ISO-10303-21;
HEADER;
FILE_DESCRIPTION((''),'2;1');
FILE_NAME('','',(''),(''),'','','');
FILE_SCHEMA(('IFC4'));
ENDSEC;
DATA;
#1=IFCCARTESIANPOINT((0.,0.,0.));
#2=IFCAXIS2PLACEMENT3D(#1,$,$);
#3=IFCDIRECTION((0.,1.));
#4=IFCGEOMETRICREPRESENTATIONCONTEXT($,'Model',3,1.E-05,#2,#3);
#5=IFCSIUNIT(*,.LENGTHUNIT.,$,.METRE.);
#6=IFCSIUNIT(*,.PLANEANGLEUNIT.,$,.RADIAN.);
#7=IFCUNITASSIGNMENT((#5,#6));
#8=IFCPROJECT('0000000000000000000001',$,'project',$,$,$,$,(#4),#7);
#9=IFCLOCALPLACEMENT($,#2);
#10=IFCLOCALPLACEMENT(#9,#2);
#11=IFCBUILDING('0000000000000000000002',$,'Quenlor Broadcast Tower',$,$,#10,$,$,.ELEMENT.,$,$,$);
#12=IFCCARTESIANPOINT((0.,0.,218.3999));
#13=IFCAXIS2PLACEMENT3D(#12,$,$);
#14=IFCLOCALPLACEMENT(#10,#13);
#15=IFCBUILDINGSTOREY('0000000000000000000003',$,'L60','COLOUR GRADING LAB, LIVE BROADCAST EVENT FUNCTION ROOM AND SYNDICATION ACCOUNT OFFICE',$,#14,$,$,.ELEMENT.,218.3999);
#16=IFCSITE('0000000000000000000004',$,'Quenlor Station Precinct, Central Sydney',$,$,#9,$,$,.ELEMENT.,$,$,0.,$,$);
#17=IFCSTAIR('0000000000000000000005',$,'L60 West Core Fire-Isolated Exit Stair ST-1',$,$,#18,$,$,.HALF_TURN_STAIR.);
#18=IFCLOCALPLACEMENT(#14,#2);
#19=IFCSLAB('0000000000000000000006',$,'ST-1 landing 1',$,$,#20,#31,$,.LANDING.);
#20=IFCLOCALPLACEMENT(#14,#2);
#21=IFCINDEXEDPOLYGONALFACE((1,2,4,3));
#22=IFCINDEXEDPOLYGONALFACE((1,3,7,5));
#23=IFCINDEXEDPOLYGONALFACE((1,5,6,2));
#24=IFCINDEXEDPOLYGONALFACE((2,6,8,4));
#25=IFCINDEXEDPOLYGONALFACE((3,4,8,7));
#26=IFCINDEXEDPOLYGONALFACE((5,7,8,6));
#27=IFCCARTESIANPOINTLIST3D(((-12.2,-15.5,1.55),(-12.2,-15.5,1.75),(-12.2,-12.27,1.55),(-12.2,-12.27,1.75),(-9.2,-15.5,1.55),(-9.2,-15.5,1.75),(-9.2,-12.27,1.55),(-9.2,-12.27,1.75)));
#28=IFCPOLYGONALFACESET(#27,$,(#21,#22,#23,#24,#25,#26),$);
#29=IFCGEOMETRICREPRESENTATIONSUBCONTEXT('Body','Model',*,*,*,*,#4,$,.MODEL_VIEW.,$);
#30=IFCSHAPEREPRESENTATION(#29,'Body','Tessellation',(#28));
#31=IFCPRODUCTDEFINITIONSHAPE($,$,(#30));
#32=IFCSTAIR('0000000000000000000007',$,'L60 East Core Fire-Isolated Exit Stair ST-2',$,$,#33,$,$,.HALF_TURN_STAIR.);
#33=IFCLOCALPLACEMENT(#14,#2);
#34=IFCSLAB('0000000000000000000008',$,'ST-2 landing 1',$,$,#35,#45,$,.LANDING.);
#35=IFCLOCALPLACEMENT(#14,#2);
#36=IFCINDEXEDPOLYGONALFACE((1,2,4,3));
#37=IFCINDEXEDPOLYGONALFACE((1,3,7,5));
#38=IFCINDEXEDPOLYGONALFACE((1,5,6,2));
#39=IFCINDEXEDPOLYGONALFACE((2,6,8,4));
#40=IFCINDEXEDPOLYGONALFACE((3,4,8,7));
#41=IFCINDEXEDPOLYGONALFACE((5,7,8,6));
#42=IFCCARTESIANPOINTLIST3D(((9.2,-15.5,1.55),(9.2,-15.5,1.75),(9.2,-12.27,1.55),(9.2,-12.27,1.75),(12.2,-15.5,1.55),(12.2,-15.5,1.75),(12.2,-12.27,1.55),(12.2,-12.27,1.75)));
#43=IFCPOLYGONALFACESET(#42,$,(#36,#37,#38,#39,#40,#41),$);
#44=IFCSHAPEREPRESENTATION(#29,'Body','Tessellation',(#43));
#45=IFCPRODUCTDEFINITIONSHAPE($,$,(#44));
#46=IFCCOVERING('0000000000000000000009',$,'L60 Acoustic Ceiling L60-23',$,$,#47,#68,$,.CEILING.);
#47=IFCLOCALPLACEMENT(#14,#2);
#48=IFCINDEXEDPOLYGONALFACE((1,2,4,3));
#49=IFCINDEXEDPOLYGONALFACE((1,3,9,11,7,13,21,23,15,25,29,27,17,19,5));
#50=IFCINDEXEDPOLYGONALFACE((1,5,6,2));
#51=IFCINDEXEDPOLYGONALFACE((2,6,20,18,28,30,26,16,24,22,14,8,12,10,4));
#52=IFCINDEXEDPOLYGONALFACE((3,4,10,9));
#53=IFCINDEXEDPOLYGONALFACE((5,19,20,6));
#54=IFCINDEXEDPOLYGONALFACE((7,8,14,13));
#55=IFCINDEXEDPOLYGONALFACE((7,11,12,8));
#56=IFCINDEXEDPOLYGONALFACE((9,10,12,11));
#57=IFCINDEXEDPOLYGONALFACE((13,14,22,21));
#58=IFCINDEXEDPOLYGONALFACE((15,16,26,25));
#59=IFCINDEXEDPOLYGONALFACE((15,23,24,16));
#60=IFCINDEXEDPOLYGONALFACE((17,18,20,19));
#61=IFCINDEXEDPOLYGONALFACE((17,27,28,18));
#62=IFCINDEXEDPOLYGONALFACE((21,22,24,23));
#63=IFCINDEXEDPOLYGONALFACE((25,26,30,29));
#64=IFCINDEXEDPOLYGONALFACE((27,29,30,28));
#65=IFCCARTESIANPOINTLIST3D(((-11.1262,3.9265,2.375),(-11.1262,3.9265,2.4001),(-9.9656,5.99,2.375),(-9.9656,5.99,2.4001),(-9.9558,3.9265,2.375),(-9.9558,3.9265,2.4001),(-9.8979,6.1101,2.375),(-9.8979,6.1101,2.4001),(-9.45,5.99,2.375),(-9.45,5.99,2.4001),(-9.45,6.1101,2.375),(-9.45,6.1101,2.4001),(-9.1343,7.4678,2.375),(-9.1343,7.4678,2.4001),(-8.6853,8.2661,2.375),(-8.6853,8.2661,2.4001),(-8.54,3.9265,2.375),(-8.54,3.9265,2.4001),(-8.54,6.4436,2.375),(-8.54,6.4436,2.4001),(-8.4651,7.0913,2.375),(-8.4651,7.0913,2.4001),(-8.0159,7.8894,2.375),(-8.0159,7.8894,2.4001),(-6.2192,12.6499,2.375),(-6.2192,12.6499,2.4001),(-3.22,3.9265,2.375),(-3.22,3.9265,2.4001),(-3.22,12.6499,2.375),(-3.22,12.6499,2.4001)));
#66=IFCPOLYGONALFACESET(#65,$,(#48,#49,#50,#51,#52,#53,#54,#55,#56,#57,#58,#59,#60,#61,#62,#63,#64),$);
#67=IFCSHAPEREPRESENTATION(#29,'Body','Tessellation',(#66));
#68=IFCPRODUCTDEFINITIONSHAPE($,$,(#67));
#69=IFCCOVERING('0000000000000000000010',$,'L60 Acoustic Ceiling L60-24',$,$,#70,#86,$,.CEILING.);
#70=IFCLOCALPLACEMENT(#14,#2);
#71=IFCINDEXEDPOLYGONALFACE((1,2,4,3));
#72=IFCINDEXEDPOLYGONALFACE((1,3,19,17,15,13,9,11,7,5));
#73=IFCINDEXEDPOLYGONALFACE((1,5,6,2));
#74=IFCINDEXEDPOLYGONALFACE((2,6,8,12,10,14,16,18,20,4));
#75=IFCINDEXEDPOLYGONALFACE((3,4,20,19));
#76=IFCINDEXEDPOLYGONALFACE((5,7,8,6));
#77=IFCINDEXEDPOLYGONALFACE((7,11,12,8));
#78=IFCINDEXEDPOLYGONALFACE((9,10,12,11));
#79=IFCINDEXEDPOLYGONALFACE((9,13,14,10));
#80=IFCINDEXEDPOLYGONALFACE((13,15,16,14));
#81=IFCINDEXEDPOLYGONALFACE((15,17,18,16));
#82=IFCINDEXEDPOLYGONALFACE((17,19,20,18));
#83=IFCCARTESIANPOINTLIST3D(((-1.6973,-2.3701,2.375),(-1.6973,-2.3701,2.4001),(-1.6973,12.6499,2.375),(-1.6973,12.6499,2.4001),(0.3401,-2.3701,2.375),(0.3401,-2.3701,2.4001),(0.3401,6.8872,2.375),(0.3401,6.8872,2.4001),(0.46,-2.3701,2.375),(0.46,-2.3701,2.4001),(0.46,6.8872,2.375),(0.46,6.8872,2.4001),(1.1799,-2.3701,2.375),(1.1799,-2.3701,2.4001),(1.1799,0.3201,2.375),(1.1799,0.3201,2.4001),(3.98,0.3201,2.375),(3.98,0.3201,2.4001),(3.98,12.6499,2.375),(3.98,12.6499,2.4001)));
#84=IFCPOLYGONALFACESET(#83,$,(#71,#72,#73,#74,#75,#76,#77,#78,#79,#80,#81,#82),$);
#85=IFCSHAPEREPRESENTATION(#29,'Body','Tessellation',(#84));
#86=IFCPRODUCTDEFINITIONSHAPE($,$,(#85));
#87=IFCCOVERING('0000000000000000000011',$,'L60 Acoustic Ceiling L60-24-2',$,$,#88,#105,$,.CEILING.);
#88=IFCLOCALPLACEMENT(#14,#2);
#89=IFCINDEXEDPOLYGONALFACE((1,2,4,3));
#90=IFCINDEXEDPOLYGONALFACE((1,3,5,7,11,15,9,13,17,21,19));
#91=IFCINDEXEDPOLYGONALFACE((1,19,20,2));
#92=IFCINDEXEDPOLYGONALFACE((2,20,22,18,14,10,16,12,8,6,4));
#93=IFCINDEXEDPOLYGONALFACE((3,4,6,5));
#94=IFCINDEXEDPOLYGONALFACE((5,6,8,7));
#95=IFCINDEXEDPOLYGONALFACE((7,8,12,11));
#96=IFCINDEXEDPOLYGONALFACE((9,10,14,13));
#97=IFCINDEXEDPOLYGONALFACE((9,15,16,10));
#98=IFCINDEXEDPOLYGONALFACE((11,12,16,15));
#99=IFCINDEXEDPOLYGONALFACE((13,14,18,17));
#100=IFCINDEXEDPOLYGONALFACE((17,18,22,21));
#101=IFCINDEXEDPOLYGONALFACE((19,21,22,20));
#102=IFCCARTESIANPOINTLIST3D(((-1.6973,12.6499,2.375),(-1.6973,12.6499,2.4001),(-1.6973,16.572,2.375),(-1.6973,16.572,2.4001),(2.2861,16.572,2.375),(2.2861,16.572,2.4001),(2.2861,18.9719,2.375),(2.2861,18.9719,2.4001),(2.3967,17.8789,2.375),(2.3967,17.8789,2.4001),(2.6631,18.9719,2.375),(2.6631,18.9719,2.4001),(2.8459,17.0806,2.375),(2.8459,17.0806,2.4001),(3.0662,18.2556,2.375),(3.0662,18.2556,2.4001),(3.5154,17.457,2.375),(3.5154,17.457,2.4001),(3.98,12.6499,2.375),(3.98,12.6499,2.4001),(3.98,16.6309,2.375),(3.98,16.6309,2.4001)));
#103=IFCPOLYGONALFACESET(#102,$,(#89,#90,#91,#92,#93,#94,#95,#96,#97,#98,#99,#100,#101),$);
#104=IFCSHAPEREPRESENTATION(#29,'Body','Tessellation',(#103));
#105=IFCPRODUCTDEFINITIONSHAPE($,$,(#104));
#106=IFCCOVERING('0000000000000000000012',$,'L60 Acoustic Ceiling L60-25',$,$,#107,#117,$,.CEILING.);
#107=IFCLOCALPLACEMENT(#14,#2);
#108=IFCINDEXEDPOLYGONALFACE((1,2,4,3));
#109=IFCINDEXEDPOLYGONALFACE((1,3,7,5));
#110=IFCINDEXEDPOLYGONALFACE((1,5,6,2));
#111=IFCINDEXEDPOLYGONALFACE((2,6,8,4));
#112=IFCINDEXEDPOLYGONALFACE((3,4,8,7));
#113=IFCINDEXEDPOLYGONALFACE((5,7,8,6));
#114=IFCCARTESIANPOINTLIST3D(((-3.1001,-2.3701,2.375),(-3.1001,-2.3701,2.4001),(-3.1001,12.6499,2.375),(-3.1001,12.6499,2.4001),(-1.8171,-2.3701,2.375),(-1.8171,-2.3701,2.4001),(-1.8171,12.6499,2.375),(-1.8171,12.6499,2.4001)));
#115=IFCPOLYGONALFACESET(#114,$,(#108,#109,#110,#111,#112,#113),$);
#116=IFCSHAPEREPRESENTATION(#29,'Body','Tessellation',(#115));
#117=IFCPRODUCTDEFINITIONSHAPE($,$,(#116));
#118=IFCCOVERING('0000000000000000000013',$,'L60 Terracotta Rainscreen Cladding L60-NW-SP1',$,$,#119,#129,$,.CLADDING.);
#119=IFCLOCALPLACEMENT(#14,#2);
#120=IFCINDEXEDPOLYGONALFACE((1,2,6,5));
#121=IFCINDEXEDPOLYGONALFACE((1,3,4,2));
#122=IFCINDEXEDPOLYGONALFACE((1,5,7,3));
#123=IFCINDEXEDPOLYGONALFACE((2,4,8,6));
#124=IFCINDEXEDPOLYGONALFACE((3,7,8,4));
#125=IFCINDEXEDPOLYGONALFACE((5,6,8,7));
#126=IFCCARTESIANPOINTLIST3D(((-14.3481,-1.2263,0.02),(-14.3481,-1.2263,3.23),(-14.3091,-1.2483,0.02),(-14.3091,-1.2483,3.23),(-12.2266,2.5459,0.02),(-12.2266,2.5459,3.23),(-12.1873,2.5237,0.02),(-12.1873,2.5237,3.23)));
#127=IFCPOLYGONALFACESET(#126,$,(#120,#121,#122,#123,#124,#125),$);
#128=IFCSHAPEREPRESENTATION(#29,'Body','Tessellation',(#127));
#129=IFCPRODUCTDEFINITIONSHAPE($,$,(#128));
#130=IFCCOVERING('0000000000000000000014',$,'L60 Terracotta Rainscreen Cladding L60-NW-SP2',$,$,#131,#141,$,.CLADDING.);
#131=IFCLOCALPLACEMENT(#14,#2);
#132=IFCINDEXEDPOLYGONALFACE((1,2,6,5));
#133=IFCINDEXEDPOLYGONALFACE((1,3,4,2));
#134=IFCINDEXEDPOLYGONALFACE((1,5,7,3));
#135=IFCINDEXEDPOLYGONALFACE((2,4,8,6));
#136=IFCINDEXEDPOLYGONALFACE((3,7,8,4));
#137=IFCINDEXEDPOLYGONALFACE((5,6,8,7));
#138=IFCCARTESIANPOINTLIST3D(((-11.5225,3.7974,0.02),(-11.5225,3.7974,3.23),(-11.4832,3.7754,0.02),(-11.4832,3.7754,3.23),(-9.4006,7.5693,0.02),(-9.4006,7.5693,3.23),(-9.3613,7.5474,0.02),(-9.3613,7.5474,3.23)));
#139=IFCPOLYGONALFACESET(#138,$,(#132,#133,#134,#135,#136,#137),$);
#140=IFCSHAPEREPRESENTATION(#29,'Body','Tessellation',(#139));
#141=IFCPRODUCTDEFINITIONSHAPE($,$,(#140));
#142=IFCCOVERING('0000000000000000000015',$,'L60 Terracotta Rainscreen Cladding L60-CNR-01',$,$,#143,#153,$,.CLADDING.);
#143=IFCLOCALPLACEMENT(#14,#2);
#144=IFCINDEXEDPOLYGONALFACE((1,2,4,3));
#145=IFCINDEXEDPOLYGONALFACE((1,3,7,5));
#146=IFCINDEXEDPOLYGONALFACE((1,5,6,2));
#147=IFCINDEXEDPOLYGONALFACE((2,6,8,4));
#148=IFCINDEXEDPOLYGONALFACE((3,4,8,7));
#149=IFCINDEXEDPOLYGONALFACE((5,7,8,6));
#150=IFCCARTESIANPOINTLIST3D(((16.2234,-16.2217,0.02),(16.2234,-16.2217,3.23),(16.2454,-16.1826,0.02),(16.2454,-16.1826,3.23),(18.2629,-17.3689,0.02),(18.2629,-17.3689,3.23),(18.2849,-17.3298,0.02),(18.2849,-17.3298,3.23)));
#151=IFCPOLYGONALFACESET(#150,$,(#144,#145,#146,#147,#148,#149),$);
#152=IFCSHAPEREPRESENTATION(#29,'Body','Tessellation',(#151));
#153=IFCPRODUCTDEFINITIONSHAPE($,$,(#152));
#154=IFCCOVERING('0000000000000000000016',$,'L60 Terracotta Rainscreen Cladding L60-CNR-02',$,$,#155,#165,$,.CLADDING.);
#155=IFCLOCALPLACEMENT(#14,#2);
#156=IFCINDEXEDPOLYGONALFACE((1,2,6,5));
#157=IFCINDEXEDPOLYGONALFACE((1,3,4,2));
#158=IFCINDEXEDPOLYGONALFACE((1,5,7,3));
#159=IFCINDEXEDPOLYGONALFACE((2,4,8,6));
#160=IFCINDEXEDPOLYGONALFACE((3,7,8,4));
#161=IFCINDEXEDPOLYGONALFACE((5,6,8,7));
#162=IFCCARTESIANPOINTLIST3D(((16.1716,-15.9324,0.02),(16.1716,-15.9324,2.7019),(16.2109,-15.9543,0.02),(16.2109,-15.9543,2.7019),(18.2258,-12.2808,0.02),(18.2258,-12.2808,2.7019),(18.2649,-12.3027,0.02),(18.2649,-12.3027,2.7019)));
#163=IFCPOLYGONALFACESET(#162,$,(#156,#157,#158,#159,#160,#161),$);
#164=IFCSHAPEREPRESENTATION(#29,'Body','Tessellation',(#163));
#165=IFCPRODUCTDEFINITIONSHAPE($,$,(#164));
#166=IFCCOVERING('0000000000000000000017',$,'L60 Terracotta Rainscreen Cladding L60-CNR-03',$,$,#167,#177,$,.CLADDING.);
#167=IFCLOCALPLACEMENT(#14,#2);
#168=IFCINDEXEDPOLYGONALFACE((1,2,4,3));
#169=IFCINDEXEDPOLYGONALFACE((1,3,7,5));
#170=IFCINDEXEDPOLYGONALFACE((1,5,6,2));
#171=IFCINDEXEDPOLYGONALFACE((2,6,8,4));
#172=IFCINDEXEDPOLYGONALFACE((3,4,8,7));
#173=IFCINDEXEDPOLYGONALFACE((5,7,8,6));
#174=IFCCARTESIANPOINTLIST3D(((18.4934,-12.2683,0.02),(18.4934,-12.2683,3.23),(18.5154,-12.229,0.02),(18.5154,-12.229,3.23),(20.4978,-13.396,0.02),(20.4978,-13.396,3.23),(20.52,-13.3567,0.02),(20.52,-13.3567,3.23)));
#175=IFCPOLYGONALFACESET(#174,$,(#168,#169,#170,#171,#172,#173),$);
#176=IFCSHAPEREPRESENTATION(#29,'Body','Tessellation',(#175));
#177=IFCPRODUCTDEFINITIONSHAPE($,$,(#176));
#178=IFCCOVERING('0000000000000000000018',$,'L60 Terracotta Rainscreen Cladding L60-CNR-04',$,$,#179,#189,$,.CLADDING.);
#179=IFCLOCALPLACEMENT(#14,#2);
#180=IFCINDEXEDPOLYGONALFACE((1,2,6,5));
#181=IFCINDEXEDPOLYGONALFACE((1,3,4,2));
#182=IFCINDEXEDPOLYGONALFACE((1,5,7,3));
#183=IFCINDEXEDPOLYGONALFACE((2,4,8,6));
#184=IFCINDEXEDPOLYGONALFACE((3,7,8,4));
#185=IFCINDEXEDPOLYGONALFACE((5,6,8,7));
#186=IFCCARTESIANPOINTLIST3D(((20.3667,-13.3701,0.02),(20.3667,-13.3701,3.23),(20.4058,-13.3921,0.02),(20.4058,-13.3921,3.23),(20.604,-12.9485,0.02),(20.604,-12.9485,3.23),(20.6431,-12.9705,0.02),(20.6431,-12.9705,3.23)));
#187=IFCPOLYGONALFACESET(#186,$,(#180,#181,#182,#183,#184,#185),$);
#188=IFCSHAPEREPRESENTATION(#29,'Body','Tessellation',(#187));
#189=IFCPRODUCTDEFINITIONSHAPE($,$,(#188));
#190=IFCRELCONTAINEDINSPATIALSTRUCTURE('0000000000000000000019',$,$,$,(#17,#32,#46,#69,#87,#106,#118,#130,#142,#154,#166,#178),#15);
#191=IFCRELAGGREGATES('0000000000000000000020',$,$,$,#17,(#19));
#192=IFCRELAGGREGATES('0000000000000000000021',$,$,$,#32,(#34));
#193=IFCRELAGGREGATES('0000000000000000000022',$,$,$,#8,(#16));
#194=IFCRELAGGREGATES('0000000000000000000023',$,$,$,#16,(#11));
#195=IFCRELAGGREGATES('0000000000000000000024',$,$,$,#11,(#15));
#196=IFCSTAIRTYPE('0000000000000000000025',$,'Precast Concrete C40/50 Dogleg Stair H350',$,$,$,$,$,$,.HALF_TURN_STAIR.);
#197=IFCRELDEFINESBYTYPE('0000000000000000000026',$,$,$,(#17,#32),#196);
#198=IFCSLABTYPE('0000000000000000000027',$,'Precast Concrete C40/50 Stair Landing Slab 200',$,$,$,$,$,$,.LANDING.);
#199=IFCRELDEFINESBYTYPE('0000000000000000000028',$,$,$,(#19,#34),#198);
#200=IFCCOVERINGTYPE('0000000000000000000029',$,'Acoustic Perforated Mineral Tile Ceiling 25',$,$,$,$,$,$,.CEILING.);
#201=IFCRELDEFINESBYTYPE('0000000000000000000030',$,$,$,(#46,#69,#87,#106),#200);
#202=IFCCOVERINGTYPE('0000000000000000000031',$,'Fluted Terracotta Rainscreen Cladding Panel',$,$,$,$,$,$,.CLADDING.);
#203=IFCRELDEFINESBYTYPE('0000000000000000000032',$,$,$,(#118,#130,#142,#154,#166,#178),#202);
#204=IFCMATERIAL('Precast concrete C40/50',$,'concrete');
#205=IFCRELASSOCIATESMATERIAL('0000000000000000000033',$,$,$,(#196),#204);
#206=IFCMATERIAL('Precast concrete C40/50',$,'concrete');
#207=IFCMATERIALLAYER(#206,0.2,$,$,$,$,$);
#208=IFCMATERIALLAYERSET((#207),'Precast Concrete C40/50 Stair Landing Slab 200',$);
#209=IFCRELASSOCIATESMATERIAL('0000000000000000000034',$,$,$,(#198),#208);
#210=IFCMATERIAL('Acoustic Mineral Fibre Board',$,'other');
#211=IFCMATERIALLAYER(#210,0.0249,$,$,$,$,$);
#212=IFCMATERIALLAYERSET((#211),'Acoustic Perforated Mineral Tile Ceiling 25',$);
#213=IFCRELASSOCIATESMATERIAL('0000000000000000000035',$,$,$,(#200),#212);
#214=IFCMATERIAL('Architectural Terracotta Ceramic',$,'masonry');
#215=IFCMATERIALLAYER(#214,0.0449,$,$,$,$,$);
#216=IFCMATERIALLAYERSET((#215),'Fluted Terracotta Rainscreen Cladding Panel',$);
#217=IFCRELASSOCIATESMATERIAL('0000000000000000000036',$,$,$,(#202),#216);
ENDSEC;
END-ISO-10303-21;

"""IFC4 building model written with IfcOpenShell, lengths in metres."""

from ifc_helpers import new_model, si_unit, direction, frame, origin, place, context, subcontext, project, spatial, polyline, outline, extrude, material, layer, layer_set, type_object, element, aggregate, save


model = new_model("IFC4")

# Units and contexts
model_context = context("Model", 3, precision=1e-05, world=origin(), true_north=direction((0.0, 1.0)))
body_context = subcontext(model_context, "Body", "Model", "MODEL_VIEW")
ifc_project = project(units=[si_unit("LENGTHUNIT", "METRE"), si_unit("PLANEANGLEUNIT", "RADIAN")], contexts=[model_context])

# Site, building, storey
site_placement = place(None, origin())
site = spatial("IfcSite", under=ifc_project, at=site_placement, Name="Quenlor Station Precinct, Central Sydney", CompositionType="ELEMENT", RefElevation=0.0)
building_placement = place(site_placement, origin())
building = spatial("IfcBuilding", under=site, at=building_placement, Name="Quenlor Broadcast Tower", CompositionType="ELEMENT")
storey_placement = place(building_placement, frame((0.0, 0.0, 218.3999)))
storey = spatial("IfcBuildingStorey", under=building, at=storey_placement, Name="L60", Description="COLOUR GRADING LAB, LIVE BROADCAST EVENT FUNCTION ROOM AND SYNDICATION ACCOUNT OFFICE", CompositionType="ELEMENT", Elevation=218.3999)

# Stairs, slabs
ifc_material_1 = material(Name="Precast concrete C40/50", Category="concrete")
stair_type = type_object("IfcStairType", Name="Precast Concrete C40/50 Dogleg Stair H350", PredefinedType="HALF_TURN_STAIR", material=ifc_material_1)
stair_1_placement = place(storey_placement, origin())
stair_1 = element("IfcStair", 1, at=stair_1_placement, inside=storey, type_object=stair_type, Name="L60 West Core Fire-Isolated Exit Stair ST-1", PredefinedType="HALF_TURN_STAIR")
ifc_material_2 = material(Name="Precast concrete C40/50", Category="concrete")
ifc_layer_1 = layer(ifc_material_2, 0.2)
ifc_layer_set_1 = layer_set([ifc_layer_1], Name="Precast Concrete C40/50 Stair Landing Slab 200")
slab_type = type_object("IfcSlabType", Name="Precast Concrete C40/50 Stair Landing Slab 200", PredefinedType="LANDING", material=ifc_layer_set_1)
slab_1_placement = place(storey_placement, frame((0.0, 0.0, 1.55)))
slab_1 = element("IfcSlab", 2, at=slab_1_placement, type_object=slab_type, Name="ST-1 landing 1", PredefinedType="LANDING", context=body_context, shape_type="SweptSolid", body=[
    extrude(outline(polyline([(-12.2, -12.27), (-12.2, -15.5), (-9.2, -15.5), (-9.2, -12.27), (-12.2, -12.27)])), origin(), (0.0, 0.0, 1.0), 0.2),
])
aggregate(stair_1, [slab_1])
stair_2_placement = place(storey_placement, origin())
stair_2 = element("IfcStair", 3, at=stair_2_placement, inside=storey, type_object=stair_type, Name="L60 East Core Fire-Isolated Exit Stair ST-2", PredefinedType="HALF_TURN_STAIR")
slab_2_placement = place(storey_placement, frame((0.0, 0.0, 1.55)))
slab_2 = element("IfcSlab", 4, at=slab_2_placement, type_object=slab_type, Name="ST-2 landing 1", PredefinedType="LANDING", context=body_context, shape_type="SweptSolid", body=[
    extrude(outline(polyline([(9.2, -12.27), (9.2, -15.5), (12.2, -15.5), (12.2, -12.27), (9.2, -12.27)])), origin(), (0.0, 0.0, 1.0), 0.2),
])
aggregate(stair_2, [slab_2])

# Coverings
ifc_material_3 = material(Name="Acoustic Mineral Fibre Board", Category="other")
ifc_layer_2 = layer(ifc_material_3, 0.0249)
ifc_layer_set_2 = layer_set([ifc_layer_2], Name="Acoustic Perforated Mineral Tile Ceiling 25")
covering_type_1 = type_object("IfcCoveringType", Name="Acoustic Perforated Mineral Tile Ceiling 25", PredefinedType="CEILING", material=ifc_layer_set_2)
covering_1_placement = place(storey_placement, frame((0.0, 0.0, 2.375)))
element("IfcCovering", 5, at=covering_1_placement, inside=storey, type_object=covering_type_1, Name="L60 Acoustic Ceiling L60-23", PredefinedType="CEILING", context=body_context, shape_type="SweptSolid", body=[
    extrude(outline(polyline([(-8.4651, 7.0913), (-8.0159, 7.8894), (-8.6853, 8.2661), (-6.2192, 12.6499), (-3.22, 12.6499), (-3.22, 3.9265), (-8.54, 3.9265), (-8.54, 6.4436), (-9.9558, 3.9265), (-11.1262, 3.9265), (-9.9656, 5.99), (-9.45, 5.99), (-9.45, 6.1101), (-9.8979, 6.1101), (-9.1343, 7.4678), (-8.4651, 7.0913)])), origin(), (0.0, 0.0, 1.0), 0.0251),
])
covering_2_placement = place(storey_placement, frame((0.0, 0.0, 2.375)))
element("IfcCovering", 6, at=covering_2_placement, inside=storey, type_object=covering_type_1, Name="L60 Acoustic Ceiling L60-24", PredefinedType="CEILING", context=body_context, shape_type="SweptSolid", body=[
    extrude(outline(polyline([(3.98, 0.3201), (1.1799, 0.3201), (1.1799, -2.3701), (0.46, -2.3701), (0.46, 6.8872), (0.3401, 6.8872), (0.3401, -2.3701), (-1.6973, -2.3701), (-1.6973, 12.6499), (3.98, 12.6499), (3.98, 0.3201)])), origin(), (0.0, 0.0, 1.0), 0.0251),
])
covering_3_placement = place(storey_placement, frame((0.0, 0.0, 2.375)))
element("IfcCovering", 7, at=covering_3_placement, inside=storey, type_object=covering_type_1, Name="L60 Acoustic Ceiling L60-24-2", PredefinedType="CEILING", context=body_context, shape_type="SweptSolid", body=[
    extrude(outline(polyline([(3.0662, 18.2556), (2.3967, 17.8789), (2.8459, 17.0806), (3.5154, 17.457), (3.98, 16.6309), (3.98, 12.6499), (-1.6973, 12.6499), (-1.6973, 16.572), (2.2861, 16.572), (2.2861, 18.9719), (2.6631, 18.9719), (3.0662, 18.2556)])), origin(), (0.0, 0.0, 1.0), 0.0251),
])
covering_4_placement = place(storey_placement, frame((0.0, 0.0, 2.375)))
element("IfcCovering", 8, at=covering_4_placement, inside=storey, type_object=covering_type_1, Name="L60 Acoustic Ceiling L60-25", PredefinedType="CEILING", context=body_context, shape_type="SweptSolid", body=[
    extrude(outline(polyline([(-1.8171, -2.3701), (-3.1001, -2.3701), (-3.1001, 12.6499), (-1.8171, 12.6499), (-1.8171, -2.3701)])), origin(), (0.0, 0.0, 1.0), 0.0251),
])
ifc_material_4 = material(Name="Architectural Terracotta Ceramic", Category="masonry")
ifc_layer_3 = layer(ifc_material_4, 0.0449)
ifc_layer_set_3 = layer_set([ifc_layer_3], Name="Fluted Terracotta Rainscreen Cladding Panel")
covering_type_2 = type_object("IfcCoveringType", Name="Fluted Terracotta Rainscreen Cladding Panel", PredefinedType="CLADDING", material=ifc_layer_set_3)
covering_5_placement = place(storey_placement, frame((0.0, 0.0, 0.02)))
element("IfcCovering", 9, at=covering_5_placement, inside=storey, type_object=covering_type_2, Name="L60 Terracotta Rainscreen Cladding L60-NW-SP1", PredefinedType="CLADDING", context=body_context, shape_type="SweptSolid", body=[
    extrude(outline(polyline([(-14.3091, -1.2483), (-12.1873, 2.5237), (-12.2266, 2.5459), (-14.3481, -1.2263), (-14.3091, -1.2483)])), origin(), (0.0, 0.0, 1.0), 3.21),
])
covering_6_placement = place(storey_placement, frame((0.0, 0.0, 0.02)))
element("IfcCovering", 10, at=covering_6_placement, inside=storey, type_object=covering_type_2, Name="L60 Terracotta Rainscreen Cladding L60-NW-SP2", PredefinedType="CLADDING", context=body_context, shape_type="SweptSolid", body=[
    extrude(outline(polyline([(-11.4832, 3.7754), (-9.3613, 7.5474), (-9.4006, 7.5693), (-11.5225, 3.7974), (-11.4832, 3.7754)])), origin(), (0.0, 0.0, 1.0), 3.21),
])
covering_7_placement = place(storey_placement, frame((0.0, 0.0, 0.02)))
element("IfcCovering", 11, at=covering_7_placement, inside=storey, type_object=covering_type_2, Name="L60 Terracotta Rainscreen Cladding L60-CNR-01", PredefinedType="CLADDING", context=body_context, shape_type="SweptSolid", body=[
    extrude(outline(polyline([(18.2849, -17.3298), (16.2454, -16.1826), (16.2234, -16.2217), (18.2629, -17.3689), (18.2849, -17.3298)])), origin(), (0.0, 0.0, 1.0), 3.21),
])
covering_8_placement = place(storey_placement, frame((0.0, 0.0, 0.02)))
element("IfcCovering", 12, at=covering_8_placement, inside=storey, type_object=covering_type_2, Name="L60 Terracotta Rainscreen Cladding L60-CNR-02", PredefinedType="CLADDING", context=body_context, shape_type="SweptSolid", body=[
    extrude(outline(polyline([(16.2109, -15.9543), (18.2649, -12.3027), (18.2258, -12.2808), (16.1716, -15.9324), (16.2109, -15.9543)])), origin(), (0.0, 0.0, 1.0), 2.6819),
])
covering_9_placement = place(storey_placement, frame((0.0, 0.0, 0.02)))
element("IfcCovering", 13, at=covering_9_placement, inside=storey, type_object=covering_type_2, Name="L60 Terracotta Rainscreen Cladding L60-CNR-03", PredefinedType="CLADDING", context=body_context, shape_type="SweptSolid", body=[
    extrude(outline(polyline([(18.4934, -12.2683), (20.4978, -13.396), (20.52, -13.3567), (18.5154, -12.229), (18.4934, -12.2683)])), origin(), (0.0, 0.0, 1.0), 3.21),
])
covering_10_placement = place(storey_placement, frame((0.0, 0.0, 0.02)))
element("IfcCovering", 14, at=covering_10_placement, inside=storey, type_object=covering_type_2, Name="L60 Terracotta Rainscreen Cladding L60-CNR-04", PredefinedType="CLADDING", context=body_context, shape_type="SweptSolid", body=[
    extrude(outline(polyline([(20.4058, -13.3921), (20.6431, -12.9705), (20.604, -12.9485), (20.3667, -13.3701), (20.4058, -13.3921)])), origin(), (0.0, 0.0, 1.0), 3.21),
])

save(model, "model.ifc")
